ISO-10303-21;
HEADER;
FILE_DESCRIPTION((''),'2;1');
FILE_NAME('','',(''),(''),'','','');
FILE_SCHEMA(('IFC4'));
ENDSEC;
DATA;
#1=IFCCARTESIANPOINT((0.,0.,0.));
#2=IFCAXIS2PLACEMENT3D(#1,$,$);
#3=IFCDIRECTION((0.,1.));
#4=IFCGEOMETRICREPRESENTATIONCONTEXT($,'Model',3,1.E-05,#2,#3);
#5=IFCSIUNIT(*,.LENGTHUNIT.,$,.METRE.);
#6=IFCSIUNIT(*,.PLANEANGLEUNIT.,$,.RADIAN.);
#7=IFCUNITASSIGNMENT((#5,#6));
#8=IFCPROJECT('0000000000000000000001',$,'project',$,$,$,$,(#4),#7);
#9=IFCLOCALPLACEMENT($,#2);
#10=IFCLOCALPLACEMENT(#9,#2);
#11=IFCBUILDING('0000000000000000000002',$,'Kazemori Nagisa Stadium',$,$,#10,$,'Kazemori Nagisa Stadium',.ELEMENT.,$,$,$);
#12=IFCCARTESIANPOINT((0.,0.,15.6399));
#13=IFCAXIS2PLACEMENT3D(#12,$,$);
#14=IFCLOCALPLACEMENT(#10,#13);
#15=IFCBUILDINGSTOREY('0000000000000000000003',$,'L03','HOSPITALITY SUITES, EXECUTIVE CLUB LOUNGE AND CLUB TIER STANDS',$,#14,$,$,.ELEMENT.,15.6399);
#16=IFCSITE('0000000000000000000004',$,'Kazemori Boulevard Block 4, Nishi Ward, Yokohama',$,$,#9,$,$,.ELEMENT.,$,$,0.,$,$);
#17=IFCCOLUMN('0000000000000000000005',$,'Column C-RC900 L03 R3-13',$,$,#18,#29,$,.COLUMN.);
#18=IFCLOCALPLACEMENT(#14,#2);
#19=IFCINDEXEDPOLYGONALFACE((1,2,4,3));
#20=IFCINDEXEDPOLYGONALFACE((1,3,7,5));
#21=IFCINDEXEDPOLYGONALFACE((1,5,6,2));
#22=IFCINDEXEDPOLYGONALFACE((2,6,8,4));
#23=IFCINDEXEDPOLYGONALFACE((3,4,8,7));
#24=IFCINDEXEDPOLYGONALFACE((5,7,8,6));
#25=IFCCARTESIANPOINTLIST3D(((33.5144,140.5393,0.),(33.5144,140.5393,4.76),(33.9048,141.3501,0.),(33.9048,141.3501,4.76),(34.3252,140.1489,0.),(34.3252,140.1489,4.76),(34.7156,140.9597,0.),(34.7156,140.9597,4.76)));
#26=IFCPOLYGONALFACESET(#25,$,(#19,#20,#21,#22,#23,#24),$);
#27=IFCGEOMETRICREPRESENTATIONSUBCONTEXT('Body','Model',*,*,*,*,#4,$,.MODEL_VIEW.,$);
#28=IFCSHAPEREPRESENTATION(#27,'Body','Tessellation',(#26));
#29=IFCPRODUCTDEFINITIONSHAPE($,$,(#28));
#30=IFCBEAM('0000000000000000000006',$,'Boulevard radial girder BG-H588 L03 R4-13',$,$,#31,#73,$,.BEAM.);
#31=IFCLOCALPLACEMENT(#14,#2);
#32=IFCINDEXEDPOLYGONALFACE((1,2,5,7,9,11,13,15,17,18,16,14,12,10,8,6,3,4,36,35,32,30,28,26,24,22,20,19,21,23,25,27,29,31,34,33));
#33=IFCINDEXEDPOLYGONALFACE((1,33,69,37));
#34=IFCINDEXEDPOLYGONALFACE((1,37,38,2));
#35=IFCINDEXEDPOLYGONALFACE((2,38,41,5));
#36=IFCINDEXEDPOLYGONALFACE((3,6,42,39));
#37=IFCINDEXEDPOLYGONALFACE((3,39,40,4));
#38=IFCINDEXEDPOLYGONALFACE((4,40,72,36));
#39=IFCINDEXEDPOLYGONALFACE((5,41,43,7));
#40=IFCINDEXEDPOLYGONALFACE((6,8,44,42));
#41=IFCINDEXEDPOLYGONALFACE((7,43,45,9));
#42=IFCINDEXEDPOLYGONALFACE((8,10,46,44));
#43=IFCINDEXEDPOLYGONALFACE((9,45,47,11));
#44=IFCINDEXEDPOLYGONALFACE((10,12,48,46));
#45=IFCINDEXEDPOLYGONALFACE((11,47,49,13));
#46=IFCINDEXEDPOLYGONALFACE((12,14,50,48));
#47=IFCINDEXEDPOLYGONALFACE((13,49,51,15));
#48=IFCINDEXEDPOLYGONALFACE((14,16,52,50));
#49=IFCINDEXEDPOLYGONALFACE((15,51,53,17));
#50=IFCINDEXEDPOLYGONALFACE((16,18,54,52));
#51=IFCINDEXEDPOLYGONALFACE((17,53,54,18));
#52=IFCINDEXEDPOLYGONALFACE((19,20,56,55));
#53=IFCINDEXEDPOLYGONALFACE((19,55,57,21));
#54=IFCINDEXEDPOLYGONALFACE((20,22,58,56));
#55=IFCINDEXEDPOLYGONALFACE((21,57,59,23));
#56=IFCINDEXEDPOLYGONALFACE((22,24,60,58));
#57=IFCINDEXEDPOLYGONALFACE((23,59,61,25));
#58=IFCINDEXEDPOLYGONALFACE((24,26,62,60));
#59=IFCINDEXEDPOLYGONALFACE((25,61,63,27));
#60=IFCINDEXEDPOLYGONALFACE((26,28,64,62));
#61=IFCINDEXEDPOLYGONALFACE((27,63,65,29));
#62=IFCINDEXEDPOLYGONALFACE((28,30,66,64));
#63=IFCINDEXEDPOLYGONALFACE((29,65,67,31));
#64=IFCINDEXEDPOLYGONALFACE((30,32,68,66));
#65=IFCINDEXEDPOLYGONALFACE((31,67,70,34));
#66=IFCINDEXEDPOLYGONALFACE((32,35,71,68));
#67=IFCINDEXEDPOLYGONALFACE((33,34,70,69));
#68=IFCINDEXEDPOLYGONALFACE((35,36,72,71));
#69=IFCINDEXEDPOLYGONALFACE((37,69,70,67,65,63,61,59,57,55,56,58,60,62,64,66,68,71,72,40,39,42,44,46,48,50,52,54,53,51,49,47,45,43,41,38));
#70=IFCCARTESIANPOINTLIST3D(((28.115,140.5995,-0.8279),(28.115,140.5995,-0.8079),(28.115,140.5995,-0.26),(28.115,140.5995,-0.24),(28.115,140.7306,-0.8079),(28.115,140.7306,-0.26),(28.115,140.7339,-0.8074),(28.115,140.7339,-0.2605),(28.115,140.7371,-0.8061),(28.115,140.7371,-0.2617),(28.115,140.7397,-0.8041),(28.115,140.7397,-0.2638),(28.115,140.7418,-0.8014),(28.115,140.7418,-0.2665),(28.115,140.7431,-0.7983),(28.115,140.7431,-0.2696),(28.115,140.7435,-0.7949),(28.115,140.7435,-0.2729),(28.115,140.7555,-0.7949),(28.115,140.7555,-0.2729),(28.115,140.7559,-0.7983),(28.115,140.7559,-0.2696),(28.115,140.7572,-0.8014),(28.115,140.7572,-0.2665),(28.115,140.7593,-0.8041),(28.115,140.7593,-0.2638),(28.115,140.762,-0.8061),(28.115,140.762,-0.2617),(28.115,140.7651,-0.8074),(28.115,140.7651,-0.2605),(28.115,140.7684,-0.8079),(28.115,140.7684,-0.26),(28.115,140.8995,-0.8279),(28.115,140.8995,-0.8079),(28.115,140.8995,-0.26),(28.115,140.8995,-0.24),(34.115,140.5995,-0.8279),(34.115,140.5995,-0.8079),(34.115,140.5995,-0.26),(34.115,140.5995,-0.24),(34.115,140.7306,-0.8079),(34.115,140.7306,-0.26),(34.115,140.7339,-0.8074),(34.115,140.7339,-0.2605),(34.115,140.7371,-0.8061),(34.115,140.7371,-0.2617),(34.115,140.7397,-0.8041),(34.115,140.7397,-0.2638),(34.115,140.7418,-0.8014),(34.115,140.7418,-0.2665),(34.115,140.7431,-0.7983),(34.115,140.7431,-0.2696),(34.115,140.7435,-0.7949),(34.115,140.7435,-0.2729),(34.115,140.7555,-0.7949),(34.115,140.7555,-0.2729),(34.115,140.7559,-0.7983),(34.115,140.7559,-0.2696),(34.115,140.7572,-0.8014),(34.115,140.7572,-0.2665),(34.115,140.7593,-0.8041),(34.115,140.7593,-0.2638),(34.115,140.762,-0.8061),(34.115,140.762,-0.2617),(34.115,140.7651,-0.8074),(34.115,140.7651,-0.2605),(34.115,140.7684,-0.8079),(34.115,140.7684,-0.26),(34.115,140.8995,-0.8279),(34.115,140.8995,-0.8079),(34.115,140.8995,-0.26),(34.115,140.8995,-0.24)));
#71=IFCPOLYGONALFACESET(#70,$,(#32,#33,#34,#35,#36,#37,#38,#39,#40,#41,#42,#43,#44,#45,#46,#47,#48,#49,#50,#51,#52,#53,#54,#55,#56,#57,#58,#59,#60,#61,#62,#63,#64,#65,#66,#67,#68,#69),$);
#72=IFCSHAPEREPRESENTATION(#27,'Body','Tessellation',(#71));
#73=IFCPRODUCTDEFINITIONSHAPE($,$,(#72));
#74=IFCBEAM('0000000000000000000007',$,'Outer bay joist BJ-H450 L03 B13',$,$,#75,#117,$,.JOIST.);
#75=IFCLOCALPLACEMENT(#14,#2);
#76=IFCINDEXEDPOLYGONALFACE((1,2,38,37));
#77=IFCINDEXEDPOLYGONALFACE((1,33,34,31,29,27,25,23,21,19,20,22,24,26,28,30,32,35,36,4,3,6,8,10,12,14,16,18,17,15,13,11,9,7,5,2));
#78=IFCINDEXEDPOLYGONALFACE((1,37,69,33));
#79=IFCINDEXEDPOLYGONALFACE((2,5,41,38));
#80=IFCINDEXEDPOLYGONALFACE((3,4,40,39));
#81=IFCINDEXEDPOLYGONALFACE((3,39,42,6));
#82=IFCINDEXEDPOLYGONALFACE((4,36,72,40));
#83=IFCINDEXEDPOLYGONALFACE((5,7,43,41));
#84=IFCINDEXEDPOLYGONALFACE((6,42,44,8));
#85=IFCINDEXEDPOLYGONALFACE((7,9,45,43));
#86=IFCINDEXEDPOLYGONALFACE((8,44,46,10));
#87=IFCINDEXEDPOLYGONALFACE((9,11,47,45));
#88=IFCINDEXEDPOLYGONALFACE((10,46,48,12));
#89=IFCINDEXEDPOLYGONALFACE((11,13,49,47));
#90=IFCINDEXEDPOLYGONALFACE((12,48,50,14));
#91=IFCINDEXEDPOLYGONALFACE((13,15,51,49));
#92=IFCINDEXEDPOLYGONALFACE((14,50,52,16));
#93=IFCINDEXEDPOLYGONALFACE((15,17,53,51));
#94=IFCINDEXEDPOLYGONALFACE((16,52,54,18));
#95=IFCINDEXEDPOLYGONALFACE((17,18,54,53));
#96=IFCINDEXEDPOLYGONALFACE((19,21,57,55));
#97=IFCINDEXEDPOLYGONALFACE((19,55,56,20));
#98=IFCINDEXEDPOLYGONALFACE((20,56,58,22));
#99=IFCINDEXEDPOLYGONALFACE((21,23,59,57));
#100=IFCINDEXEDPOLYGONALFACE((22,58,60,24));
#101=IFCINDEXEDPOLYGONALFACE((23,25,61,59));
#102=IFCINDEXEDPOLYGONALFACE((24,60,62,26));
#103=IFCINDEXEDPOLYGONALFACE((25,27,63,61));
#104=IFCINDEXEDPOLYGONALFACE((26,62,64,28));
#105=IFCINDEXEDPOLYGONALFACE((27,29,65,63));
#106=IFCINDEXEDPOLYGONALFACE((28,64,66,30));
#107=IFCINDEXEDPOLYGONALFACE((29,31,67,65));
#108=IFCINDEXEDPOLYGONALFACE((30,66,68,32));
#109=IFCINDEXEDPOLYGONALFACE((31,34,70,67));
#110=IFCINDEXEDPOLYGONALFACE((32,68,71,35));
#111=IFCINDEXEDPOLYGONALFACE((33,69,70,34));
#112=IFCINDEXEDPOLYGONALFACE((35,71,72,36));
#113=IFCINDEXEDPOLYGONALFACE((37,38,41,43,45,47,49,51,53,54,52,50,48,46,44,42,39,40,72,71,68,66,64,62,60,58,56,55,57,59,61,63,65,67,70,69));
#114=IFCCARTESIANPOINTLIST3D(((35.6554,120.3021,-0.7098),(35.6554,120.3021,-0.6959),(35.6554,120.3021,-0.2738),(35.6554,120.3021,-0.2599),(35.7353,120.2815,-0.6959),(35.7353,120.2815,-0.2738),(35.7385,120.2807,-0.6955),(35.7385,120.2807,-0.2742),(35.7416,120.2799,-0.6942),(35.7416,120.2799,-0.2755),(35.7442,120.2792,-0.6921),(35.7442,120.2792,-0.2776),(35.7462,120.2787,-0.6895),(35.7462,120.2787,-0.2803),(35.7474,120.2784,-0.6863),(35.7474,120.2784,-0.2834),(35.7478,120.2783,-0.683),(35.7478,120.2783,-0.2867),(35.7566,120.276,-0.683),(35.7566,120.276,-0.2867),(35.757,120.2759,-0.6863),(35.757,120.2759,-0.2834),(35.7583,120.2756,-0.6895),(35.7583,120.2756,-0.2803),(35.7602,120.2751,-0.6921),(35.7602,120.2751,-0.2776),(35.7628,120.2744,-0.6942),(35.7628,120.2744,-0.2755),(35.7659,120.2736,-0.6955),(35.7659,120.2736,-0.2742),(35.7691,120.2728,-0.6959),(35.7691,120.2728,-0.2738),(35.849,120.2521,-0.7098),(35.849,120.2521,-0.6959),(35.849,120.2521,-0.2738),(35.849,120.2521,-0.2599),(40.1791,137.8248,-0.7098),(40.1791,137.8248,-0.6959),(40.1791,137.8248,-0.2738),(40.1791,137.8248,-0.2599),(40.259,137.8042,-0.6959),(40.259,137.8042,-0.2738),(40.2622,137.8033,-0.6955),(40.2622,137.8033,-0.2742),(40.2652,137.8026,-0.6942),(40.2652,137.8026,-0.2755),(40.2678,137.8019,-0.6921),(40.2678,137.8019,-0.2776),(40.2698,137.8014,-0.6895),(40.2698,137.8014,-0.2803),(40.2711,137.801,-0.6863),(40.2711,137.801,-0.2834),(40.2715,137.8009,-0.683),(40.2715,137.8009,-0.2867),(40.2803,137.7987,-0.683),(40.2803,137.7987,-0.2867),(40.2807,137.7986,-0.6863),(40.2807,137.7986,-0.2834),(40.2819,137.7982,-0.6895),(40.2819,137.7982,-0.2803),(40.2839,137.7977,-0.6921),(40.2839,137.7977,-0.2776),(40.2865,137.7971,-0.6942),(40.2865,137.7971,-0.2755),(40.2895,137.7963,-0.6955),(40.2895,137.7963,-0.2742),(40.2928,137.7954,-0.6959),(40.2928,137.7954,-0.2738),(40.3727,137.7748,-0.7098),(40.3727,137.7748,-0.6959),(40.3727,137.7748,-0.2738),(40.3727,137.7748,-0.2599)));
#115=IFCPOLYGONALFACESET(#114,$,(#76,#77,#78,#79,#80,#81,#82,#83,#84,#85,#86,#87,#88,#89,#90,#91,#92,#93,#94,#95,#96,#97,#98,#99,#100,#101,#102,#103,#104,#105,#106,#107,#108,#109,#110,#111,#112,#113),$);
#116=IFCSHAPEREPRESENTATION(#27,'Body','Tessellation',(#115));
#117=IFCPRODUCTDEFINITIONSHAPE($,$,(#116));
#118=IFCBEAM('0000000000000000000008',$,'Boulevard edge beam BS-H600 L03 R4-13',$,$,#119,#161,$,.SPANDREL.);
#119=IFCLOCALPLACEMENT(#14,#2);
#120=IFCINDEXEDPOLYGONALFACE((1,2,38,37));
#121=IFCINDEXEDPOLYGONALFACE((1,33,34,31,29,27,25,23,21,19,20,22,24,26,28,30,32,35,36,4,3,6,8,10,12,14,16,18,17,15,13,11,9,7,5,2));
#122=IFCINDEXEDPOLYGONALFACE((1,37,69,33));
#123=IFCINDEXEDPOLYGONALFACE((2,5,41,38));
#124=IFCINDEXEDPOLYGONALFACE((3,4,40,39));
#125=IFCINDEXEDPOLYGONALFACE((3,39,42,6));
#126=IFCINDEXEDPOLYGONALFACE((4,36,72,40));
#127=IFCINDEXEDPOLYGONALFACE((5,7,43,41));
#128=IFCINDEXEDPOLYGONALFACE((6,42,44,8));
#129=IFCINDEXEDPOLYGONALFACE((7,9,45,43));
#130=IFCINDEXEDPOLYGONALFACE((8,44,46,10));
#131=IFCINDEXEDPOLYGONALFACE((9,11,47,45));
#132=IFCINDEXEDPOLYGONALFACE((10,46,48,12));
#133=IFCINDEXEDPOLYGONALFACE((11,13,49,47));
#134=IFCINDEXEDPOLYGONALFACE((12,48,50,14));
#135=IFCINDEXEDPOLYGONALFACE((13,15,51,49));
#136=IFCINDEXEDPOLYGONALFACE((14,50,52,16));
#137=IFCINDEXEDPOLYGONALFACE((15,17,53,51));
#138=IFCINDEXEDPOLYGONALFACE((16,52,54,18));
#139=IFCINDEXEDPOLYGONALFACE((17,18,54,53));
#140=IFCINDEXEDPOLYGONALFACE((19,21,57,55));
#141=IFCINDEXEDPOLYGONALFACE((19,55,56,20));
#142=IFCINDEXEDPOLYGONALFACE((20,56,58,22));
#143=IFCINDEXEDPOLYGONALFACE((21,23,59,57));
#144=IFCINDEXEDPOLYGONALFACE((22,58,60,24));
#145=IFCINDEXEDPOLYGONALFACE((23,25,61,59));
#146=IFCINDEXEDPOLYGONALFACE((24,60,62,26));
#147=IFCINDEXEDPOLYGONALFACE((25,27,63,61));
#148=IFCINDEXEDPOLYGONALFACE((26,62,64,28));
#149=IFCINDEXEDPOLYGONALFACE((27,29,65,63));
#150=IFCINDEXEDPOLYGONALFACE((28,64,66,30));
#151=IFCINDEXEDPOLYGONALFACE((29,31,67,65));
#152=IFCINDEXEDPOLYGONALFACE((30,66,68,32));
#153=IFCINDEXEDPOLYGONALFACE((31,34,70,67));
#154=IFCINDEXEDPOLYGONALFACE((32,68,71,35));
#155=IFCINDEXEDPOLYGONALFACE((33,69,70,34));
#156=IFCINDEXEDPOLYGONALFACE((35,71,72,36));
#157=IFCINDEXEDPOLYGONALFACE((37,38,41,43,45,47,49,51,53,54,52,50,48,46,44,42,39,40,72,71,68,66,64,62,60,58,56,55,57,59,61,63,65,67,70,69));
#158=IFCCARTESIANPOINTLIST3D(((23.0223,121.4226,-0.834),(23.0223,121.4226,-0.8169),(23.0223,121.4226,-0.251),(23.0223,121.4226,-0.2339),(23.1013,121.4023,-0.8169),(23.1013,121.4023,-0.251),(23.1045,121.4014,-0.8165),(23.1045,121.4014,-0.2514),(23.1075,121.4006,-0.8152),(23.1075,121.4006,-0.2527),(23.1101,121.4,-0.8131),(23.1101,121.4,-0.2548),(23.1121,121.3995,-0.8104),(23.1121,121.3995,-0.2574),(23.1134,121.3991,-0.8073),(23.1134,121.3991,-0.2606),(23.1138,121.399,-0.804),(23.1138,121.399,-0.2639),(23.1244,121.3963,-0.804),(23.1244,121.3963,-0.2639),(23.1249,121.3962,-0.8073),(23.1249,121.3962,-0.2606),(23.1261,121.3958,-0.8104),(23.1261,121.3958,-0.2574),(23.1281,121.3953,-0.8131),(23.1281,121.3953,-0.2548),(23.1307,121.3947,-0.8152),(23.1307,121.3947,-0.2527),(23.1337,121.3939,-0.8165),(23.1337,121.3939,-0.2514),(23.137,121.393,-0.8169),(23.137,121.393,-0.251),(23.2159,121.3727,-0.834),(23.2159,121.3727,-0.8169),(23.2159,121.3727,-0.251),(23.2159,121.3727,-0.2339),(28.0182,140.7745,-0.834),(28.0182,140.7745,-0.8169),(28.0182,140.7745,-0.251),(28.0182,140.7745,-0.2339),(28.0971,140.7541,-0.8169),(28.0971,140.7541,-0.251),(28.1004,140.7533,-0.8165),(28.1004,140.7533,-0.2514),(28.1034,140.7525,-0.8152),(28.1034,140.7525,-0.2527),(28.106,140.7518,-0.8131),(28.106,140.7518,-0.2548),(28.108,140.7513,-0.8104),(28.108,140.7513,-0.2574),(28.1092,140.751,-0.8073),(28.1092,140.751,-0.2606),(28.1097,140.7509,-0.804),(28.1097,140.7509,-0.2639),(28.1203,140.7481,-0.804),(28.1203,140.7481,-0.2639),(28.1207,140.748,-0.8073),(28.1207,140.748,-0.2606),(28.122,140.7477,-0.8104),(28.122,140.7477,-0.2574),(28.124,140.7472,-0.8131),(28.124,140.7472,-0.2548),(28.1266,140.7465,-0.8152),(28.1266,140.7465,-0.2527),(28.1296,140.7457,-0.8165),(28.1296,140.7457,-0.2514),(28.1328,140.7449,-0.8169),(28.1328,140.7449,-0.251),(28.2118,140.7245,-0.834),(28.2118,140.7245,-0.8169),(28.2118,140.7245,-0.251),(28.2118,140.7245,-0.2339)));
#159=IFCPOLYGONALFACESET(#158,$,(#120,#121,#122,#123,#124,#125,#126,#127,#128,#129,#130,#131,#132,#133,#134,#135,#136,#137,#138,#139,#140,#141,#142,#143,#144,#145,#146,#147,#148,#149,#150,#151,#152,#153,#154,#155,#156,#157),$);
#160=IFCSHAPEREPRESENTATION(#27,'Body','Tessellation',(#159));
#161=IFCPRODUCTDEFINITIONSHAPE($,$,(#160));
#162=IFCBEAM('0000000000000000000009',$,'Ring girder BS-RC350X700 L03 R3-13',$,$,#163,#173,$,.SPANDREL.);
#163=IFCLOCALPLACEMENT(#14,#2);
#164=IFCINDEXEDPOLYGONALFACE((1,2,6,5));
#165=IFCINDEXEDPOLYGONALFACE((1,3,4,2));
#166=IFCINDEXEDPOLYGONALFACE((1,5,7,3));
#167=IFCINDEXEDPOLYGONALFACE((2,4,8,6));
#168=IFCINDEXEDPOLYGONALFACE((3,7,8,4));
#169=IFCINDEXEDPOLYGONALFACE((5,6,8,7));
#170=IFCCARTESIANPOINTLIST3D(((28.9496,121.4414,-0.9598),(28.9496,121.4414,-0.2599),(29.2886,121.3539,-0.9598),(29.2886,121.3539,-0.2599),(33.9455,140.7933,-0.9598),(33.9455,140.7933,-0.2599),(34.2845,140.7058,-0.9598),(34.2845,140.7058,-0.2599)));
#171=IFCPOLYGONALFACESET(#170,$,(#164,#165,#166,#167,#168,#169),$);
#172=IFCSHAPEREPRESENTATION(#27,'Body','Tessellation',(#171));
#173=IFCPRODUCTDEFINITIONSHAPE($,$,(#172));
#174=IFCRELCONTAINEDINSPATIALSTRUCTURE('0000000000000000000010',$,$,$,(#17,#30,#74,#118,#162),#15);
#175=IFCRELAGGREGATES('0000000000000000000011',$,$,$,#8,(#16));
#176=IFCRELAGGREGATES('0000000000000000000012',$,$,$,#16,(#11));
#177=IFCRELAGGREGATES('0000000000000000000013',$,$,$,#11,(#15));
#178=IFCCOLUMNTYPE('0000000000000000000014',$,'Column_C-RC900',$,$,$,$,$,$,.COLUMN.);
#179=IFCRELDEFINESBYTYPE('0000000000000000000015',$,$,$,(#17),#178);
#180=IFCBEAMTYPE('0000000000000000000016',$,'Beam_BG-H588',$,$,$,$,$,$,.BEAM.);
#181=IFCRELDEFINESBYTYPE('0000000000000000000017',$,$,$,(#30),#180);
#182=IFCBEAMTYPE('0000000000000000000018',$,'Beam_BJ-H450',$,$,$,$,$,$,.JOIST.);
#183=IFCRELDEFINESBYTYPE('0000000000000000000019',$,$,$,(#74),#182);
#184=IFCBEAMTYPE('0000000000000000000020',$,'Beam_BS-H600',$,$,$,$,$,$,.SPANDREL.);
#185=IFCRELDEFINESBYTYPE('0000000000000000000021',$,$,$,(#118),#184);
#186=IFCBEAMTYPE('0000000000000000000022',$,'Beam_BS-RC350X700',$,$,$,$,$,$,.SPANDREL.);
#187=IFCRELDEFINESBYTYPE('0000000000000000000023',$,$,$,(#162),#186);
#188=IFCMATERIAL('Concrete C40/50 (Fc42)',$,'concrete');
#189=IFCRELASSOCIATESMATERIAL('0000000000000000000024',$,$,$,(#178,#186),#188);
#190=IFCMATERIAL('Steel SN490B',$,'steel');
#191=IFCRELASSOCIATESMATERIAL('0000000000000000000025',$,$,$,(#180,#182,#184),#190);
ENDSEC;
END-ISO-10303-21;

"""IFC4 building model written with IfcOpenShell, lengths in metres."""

from ifc_helpers import new_model, si_unit, direction, frame, origin, origin_2d, place, context, subcontext, project, spatial, rectangle, i_section, extrude, material, material_profile, profile_set, type_object, element, save


model = new_model("IFC4")

# Units and contexts
model_context = context("Model", 3, precision=1e-05, world=origin(), true_north=direction((0.0, 1.0)))
body_context = subcontext(model_context, "Body", "Model", "MODEL_VIEW")
ifc_project = project(units=[si_unit("LENGTHUNIT", "METRE"), si_unit("PLANEANGLEUNIT", "RADIAN")], contexts=[model_context])

# Site, building, storey
site_placement = place(None, origin())
site = spatial("IfcSite", under=ifc_project, at=site_placement, Name="Kazemori Boulevard Block 4, Nishi Ward, Yokohama", CompositionType="ELEMENT", RefElevation=0.0)
building_placement = place(site_placement, origin())
building = spatial("IfcBuilding", under=site, at=building_placement, Name="Kazemori Nagisa Stadium", LongName="Kazemori Nagisa Stadium", CompositionType="ELEMENT")
storey_placement = place(building_placement, frame((0.0, 0.0, 15.6399)))
storey = spatial("IfcBuildingStorey", under=building, at=storey_placement, Name="L03", Description="HOSPITALITY SUITES, EXECUTIVE CLUB LOUNGE AND CLUB TIER STANDS", CompositionType="ELEMENT", Elevation=15.6399)

# Column
ifc_material_1 = material(Name="Concrete C40/50 (Fc42)", Category="concrete")
ifc_material_profile_1 = material_profile(ifc_material_1, rectangle(XDim=0.8999, YDim=0.8999, at=origin_2d()), Name="RC-COL-900x900")
ifc_profile_set_1 = profile_set([ifc_material_profile_1], Name="Concrete C40/50 (Fc42)")
column_type = type_object("IfcColumnType", Name="Column_C-RC900", PredefinedType="COLUMN", material=ifc_profile_set_1)
column_placement = place(storey_placement, frame((34.115, 140.7495, 0.0), z_axis=(0.0, 0.0, 1.0), x_axis=(-0.900969, 0.433884, 0.0)))
element("IfcColumn", 1, at=column_placement, inside=storey, type_object=column_type, Name="Column C-RC900 L03 R3-13", PredefinedType="COLUMN", context=body_context, shape_type="SweptSolid", body=[
    extrude(rectangle(XDim=0.8999, YDim=0.8999, at=origin_2d()), origin(), (0.0, 0.0, 1.0), 4.76),
])

# Beams
ifc_material_2 = material(Name="Steel SN490B", Category="steel")
ifc_material_profile_2 = material_profile(ifc_material_2, i_section(OverallWidth=0.3, OverallDepth=0.5879, WebThickness=0.012, FlangeThickness=0.02, FilletRadius=0.0129, at=origin_2d()), Name="H-588x300x12x20")
ifc_profile_set_2 = profile_set([ifc_material_profile_2], Name="Steel SN490B")
beam_type_1 = type_object("IfcBeamType", Name="Beam_BG-H588", PredefinedType="BEAM", material=ifc_profile_set_2)
beam_1_placement = place(storey_placement, frame((34.115, 140.7495, -0.5339), z_axis=(-1.0, 0.0, 0.0), x_axis=(0.0, -1.0, 0.0)))
element("IfcBeam", 2, at=beam_1_placement, inside=storey, type_object=beam_type_1, Name="Boulevard radial girder BG-H588 L03 R4-13", PredefinedType="BEAM", context=body_context, shape_type="SweptSolid", body=[
    extrude(i_section(OverallWidth=0.3, OverallDepth=0.5879, WebThickness=0.012, FlangeThickness=0.02, FilletRadius=0.0129, at=origin_2d()), origin(), (0.0, 0.0, 1.0), 6.0),
])
ifc_material_profile_3 = material_profile(ifc_material_2, i_section(OverallWidth=0.2, OverallDepth=0.45, WebThickness=0.009, FlangeThickness=0.0139, FilletRadius=0.0129, at=origin_2d()), Name="H-450x200x9x14")
ifc_profile_set_3 = profile_set([ifc_material_profile_3], Name="Steel SN490B")
beam_type_2 = type_object("IfcBeamType", Name="Beam_BJ-H450", PredefinedType="JOIST", material=ifc_profile_set_3)
beam_2_placement = place(storey_placement, frame((40.2759, 137.7998, -0.4849), z_axis=(-0.249966, -0.968255, 0.0), x_axis=(0.968255, -0.249966, 0.0)))
element("IfcBeam", 3, at=beam_2_placement, inside=storey, type_object=beam_type_2, Name="Outer bay joist BJ-H450 L03 B13", PredefinedType="JOIST", context=body_context, shape_type="SweptSolid", body=[
    extrude(i_section(OverallWidth=0.2, OverallDepth=0.45, WebThickness=0.009, FlangeThickness=0.0139, FilletRadius=0.0129, at=origin_2d()), origin(), (0.0, 0.0, 1.0), 18.0972),
])
ifc_material_profile_4 = material_profile(ifc_material_2, i_section(OverallWidth=0.2, OverallDepth=0.6001, WebThickness=0.011, FlangeThickness=0.0171, FilletRadius=0.0129, at=origin_2d()), Name="H-600x200x11x17")
ifc_profile_set_4 = profile_set([ifc_material_profile_4], Name="Steel SN490B")
beam_type_3 = type_object("IfcBeamType", Name="Beam_BS-H600", PredefinedType="SPANDREL", material=ifc_profile_set_4)
beam_3_placement = place(storey_placement, frame((28.115, 140.7495, -0.5339), z_axis=(-0.249964, -0.968255, 0.0), x_axis=(0.968255, -0.249964, 0.0)))
element("IfcBeam", 4, at=beam_3_placement, inside=storey, type_object=beam_type_3, Name="Boulevard edge beam BS-H600 L03 R4-13", PredefinedType="SPANDREL", context=body_context, shape_type="SweptSolid", body=[
    extrude(i_section(OverallWidth=0.2, OverallDepth=0.6001, WebThickness=0.011, FlangeThickness=0.0171, FilletRadius=0.0129, at=origin_2d()), origin(), (0.0, 0.0, 1.0), 19.9863),
])
ifc_material_profile_5 = material_profile(ifc_material_1, rectangle(XDim=0.3501, YDim=0.7, at=origin_2d()), Name="RC-SP-350x700")
ifc_profile_set_5 = profile_set([ifc_material_profile_5], Name="Concrete C40/50 (Fc42)")
beam_type_4 = type_object("IfcBeamType", Name="Beam_BS-RC350X700", PredefinedType="SPANDREL", material=ifc_profile_set_5)
beam_4_placement = place(storey_placement, frame((34.115, 140.7495, -0.6099), z_axis=(-0.249964, -0.968255, 0.0), x_axis=(0.968255, -0.249964, 0.0)))
element("IfcBeam", 5, at=beam_4_placement, inside=storey, type_object=beam_type_4, Name="Ring girder BS-RC350X700 L03 R3-13", PredefinedType="SPANDREL", context=body_context, shape_type="SweptSolid", body=[
    extrude(rectangle(XDim=0.3501, YDim=0.7, at=origin_2d()), origin(), (0.0, 0.0, 1.0), 19.9863),
])

save(model, "model.ifc")
